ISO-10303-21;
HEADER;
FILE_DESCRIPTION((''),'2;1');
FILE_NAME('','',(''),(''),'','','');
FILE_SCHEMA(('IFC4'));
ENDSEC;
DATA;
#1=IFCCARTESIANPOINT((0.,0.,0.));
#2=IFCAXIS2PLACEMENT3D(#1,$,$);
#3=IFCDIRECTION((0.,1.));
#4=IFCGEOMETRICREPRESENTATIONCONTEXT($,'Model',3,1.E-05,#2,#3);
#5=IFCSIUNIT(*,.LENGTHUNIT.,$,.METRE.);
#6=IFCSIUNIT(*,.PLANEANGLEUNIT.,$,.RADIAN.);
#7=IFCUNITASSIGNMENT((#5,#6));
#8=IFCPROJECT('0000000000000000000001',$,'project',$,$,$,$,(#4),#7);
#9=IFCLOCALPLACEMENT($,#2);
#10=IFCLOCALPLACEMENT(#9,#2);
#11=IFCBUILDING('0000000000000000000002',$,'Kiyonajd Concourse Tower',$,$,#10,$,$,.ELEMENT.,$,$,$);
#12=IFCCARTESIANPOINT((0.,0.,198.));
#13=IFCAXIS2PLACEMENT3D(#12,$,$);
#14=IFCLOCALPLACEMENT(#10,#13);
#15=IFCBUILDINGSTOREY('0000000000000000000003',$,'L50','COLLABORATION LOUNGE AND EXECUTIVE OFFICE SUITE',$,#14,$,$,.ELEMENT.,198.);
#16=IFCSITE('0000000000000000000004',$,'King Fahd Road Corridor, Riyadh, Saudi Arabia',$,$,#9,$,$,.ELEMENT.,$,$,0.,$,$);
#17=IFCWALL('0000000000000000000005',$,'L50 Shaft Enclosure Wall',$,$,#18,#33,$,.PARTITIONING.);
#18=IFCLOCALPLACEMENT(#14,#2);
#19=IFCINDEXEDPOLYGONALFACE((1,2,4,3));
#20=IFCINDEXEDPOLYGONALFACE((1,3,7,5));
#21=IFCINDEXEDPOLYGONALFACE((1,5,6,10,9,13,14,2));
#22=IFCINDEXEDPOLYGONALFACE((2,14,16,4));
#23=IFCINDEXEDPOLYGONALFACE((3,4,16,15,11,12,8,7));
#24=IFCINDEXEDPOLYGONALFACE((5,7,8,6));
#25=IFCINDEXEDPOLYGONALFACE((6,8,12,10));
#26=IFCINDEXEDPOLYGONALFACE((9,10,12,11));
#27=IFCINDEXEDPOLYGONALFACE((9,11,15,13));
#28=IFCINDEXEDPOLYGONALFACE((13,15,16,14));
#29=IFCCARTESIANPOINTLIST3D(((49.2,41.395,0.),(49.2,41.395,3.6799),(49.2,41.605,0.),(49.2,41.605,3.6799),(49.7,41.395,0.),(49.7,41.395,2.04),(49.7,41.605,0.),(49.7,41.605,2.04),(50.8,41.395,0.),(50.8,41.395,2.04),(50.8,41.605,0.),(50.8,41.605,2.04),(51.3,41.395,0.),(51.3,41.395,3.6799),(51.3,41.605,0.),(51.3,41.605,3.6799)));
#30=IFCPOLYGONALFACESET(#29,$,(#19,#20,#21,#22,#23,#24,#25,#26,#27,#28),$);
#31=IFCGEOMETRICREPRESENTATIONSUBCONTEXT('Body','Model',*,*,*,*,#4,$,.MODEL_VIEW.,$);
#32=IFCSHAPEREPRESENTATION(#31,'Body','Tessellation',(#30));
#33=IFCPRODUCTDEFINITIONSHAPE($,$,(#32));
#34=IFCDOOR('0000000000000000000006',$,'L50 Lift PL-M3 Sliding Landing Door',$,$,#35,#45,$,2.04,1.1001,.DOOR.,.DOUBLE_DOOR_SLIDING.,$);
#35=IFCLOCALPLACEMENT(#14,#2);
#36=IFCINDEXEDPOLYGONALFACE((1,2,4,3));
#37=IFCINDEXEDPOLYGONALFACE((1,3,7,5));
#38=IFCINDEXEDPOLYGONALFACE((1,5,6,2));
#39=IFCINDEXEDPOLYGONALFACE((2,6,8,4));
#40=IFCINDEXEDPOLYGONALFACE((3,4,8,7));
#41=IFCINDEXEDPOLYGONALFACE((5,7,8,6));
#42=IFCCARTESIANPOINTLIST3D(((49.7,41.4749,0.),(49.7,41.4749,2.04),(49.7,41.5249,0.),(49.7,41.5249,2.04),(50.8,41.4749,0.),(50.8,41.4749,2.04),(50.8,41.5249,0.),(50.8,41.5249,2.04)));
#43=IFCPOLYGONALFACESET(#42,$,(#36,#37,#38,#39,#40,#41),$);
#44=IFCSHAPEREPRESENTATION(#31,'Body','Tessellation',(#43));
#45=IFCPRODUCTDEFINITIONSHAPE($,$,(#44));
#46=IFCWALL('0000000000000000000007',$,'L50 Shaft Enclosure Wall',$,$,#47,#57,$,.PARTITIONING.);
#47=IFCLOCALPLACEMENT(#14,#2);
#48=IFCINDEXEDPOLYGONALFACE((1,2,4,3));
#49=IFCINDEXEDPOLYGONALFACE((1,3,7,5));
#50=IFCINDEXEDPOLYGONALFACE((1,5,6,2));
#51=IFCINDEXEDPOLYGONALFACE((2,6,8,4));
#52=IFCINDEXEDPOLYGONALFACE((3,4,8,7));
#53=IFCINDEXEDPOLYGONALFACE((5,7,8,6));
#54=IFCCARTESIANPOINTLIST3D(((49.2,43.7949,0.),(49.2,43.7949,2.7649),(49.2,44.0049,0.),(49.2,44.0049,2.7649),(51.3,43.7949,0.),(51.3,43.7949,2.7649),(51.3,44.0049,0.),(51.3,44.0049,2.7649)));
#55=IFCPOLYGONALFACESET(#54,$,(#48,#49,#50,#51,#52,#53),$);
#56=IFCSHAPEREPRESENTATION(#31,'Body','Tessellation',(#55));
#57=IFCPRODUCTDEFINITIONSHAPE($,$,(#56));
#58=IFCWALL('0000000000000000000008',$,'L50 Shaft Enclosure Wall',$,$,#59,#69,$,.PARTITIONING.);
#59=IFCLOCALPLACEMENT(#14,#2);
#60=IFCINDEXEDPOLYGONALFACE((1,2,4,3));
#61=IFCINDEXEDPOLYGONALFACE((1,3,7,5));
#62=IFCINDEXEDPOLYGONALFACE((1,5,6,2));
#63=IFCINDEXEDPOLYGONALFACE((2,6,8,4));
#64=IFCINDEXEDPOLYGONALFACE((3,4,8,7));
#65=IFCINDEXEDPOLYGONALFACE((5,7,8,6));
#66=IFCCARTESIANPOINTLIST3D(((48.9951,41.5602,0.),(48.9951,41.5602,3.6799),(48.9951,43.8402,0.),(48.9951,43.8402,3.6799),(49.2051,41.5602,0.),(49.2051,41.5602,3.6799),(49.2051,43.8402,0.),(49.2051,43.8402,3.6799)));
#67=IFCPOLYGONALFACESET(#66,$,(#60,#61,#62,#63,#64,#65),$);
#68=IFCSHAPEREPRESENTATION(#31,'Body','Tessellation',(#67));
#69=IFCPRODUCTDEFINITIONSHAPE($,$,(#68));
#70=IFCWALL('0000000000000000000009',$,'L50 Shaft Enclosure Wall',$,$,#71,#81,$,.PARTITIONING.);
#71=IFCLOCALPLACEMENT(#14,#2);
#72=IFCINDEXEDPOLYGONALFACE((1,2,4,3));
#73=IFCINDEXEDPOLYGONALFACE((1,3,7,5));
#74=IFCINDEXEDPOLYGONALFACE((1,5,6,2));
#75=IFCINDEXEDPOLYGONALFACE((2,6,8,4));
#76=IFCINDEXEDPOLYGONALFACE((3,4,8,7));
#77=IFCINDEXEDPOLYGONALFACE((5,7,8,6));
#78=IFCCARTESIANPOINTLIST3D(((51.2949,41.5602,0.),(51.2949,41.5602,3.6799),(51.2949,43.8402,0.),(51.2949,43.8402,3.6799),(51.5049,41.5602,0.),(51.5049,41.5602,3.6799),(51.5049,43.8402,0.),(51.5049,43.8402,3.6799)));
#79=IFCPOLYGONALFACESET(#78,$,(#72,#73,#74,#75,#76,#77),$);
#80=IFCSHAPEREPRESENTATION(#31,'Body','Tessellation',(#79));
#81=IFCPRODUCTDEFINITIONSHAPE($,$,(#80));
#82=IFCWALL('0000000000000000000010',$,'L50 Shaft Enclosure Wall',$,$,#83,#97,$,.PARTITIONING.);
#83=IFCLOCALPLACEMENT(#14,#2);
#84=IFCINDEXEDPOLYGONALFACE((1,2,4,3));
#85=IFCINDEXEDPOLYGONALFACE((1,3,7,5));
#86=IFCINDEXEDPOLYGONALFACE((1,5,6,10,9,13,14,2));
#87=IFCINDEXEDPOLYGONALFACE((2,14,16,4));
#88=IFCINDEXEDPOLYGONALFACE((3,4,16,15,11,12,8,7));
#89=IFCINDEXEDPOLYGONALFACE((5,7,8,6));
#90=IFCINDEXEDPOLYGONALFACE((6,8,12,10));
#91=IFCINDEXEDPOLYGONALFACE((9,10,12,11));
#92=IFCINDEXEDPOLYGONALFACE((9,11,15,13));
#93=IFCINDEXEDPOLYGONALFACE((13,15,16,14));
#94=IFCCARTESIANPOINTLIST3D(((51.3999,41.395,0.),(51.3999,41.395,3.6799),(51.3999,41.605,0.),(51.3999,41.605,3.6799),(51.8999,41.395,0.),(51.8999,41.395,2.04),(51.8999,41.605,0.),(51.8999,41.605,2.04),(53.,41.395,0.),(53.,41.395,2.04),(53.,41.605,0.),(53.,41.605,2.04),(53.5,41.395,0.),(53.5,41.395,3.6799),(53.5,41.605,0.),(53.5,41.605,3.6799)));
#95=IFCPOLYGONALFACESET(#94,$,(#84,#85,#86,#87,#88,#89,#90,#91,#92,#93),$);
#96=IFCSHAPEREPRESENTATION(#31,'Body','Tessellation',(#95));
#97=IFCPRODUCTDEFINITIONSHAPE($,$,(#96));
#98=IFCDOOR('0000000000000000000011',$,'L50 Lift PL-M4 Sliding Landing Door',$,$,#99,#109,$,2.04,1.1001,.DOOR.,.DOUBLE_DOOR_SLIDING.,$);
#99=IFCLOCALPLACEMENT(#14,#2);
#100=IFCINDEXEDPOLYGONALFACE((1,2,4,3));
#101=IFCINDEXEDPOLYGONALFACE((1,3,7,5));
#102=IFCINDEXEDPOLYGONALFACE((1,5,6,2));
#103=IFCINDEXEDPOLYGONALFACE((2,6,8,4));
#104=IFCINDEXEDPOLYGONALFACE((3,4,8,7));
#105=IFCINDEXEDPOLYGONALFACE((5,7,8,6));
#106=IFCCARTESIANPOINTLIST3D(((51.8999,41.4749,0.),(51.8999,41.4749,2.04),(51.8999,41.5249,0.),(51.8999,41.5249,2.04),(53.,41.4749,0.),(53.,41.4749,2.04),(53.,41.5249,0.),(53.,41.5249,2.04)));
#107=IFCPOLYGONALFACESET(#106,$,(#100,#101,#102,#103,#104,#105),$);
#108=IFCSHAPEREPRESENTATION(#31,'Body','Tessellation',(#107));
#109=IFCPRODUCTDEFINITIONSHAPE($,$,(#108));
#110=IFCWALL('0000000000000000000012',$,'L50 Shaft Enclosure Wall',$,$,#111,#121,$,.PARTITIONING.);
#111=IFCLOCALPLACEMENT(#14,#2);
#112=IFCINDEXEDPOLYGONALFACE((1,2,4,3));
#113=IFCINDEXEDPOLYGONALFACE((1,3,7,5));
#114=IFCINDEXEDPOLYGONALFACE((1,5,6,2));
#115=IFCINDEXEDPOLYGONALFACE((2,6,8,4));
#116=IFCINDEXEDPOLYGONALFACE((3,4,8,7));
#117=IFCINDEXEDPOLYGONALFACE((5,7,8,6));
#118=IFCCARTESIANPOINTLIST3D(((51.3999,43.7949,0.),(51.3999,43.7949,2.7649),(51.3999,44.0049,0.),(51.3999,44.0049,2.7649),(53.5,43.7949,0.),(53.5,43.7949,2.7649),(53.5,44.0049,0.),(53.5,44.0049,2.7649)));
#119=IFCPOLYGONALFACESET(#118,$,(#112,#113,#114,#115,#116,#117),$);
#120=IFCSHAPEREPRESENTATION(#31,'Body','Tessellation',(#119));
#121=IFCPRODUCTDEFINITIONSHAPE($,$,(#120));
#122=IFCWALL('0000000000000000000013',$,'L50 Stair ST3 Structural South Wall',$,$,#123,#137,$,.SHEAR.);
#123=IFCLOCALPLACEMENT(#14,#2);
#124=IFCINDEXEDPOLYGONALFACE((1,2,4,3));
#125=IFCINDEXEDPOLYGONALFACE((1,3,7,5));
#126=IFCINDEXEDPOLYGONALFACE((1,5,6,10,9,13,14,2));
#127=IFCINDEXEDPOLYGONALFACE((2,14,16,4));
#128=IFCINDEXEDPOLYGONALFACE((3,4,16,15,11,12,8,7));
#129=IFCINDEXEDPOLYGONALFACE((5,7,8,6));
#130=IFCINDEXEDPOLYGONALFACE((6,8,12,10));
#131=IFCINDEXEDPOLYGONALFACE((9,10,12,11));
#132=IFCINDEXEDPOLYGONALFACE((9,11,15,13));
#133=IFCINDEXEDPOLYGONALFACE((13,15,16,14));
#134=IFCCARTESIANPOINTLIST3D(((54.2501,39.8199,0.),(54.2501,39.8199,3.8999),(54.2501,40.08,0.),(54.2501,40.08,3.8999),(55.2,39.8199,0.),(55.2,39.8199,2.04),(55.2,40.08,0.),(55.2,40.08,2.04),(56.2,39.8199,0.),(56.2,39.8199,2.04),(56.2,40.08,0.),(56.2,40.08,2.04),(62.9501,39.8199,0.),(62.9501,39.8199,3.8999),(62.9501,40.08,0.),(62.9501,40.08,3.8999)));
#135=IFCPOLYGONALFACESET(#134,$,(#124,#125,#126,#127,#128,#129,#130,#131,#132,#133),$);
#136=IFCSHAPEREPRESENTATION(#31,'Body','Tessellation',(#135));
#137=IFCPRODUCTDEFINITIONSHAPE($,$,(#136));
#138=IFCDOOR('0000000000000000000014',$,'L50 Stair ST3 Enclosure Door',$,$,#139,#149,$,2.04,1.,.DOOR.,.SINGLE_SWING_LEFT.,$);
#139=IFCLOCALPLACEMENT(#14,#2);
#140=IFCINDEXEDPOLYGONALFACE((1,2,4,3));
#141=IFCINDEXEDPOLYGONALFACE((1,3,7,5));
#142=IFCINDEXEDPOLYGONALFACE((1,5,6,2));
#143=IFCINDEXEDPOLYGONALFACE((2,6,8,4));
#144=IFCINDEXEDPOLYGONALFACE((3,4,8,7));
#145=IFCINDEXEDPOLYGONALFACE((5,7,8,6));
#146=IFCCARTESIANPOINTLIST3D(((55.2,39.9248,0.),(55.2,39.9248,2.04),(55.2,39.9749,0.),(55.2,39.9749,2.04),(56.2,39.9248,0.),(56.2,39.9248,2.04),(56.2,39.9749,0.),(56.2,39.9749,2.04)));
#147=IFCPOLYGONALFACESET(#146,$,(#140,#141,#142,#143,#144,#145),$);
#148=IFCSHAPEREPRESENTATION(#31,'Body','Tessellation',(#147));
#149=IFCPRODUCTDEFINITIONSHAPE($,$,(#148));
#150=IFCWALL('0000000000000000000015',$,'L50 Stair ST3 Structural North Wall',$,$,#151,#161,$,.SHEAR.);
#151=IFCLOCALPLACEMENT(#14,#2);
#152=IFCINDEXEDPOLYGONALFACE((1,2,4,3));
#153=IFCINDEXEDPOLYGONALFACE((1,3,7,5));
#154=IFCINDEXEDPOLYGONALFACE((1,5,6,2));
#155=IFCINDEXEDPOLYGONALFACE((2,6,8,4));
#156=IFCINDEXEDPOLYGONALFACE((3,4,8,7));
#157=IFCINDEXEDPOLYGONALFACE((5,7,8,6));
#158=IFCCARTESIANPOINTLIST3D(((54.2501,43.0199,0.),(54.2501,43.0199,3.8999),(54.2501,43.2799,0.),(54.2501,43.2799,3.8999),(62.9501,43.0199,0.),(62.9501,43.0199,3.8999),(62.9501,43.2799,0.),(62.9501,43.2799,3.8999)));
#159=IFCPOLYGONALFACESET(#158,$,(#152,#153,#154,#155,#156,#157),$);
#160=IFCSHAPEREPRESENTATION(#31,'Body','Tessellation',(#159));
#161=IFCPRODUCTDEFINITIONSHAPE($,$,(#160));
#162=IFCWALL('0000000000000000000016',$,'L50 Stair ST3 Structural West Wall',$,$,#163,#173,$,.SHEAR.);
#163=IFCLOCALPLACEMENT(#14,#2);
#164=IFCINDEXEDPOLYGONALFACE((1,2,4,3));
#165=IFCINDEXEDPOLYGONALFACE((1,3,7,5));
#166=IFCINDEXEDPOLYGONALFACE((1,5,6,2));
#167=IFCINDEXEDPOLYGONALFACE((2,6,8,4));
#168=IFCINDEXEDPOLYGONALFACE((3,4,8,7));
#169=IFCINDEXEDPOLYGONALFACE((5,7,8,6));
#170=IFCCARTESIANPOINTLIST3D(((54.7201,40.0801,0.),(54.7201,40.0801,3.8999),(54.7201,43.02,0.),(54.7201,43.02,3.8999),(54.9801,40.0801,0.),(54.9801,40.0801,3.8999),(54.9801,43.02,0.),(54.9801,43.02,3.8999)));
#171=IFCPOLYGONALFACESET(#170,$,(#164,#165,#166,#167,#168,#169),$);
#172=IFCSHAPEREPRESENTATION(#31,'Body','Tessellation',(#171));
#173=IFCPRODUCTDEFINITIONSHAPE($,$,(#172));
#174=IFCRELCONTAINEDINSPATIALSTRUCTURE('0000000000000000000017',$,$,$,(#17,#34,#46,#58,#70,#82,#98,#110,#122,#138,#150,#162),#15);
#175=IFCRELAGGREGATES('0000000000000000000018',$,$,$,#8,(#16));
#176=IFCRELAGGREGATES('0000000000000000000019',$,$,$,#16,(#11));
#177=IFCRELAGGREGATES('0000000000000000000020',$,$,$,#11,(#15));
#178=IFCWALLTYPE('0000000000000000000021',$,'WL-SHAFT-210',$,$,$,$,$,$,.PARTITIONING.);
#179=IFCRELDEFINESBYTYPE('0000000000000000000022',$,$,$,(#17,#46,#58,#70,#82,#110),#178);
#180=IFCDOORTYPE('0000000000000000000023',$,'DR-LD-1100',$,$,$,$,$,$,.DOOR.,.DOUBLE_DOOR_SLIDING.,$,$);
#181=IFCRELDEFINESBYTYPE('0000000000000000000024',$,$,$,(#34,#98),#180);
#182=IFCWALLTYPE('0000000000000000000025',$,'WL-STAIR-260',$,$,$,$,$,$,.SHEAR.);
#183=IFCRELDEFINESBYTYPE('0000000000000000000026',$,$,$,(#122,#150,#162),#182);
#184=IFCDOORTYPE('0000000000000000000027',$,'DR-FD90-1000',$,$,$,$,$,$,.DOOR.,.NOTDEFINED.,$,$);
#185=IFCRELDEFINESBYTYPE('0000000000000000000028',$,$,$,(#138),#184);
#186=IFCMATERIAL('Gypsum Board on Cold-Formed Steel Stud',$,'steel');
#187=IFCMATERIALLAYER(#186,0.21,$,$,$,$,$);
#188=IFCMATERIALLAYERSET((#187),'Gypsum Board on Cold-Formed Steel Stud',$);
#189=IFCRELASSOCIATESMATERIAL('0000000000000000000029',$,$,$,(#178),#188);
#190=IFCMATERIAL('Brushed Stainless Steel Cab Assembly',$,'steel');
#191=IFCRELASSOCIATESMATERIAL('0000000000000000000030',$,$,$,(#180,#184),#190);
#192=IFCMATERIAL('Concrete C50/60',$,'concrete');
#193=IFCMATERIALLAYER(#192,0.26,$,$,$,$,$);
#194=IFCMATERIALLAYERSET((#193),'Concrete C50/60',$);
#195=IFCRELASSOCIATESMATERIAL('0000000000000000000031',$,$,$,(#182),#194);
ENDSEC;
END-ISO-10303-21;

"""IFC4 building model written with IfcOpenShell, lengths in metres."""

from ifc_helpers import new_model, si_unit, direction, frame, frame_2d, origin, place, context, subcontext, project, spatial, rectangle, extrude, material, layer, layer_set, type_object, element, fill, save


model = new_model("IFC4")

# Units and contexts
model_context = context("Model", 3, precision=1e-05, world=origin(), true_north=direction((0.0, 1.0)))
body_context = subcontext(model_context, "Body", "Model", "MODEL_VIEW")
ifc_project = project(units=[si_unit("LENGTHUNIT", "METRE"), si_unit("PLANEANGLEUNIT", "RADIAN")], contexts=[model_context])

# Site, building, storey
site_placement = place(None, origin())
site = spatial("IfcSite", under=ifc_project, at=site_placement, Name="King Fahd Road Corridor, Riyadh, Saudi Arabia", CompositionType="ELEMENT", RefElevation=0.0)
building_placement = place(site_placement, origin())
building = spatial("IfcBuilding", under=site, at=building_placement, Name="Kiyonajd Concourse Tower", CompositionType="ELEMENT")
storey_placement = place(building_placement, frame((0.0, 0.0, 198.0)))
storey = spatial("IfcBuildingStorey", under=building, at=storey_placement, Name="L50", Description="COLLABORATION LOUNGE AND EXECUTIVE OFFICE SUITE", CompositionType="ELEMENT", Elevation=198.0)

# Shared definitions
ifc_material_1 = material(Name="Concrete C50/60", Category="concrete")

# Shared definitions
ifc_material_2 = material(Name="Gypsum Board on Cold-Formed Steel Stud", Category="steel")
ifc_layer_1 = layer(ifc_material_2, 0.21)
ifc_layer_set_1 = layer_set([ifc_layer_1], Name="Gypsum Board on Cold-Formed Steel Stud")
wall_type_1 = type_object("IfcWallType", Name="WL-SHAFT-210", PredefinedType="PARTITIONING", material=ifc_layer_set_1)

# Shared definitions
ifc_material_3 = material(Name="Brushed Stainless Steel Cab Assembly", Category="steel")
door_type_1 = type_object("IfcDoorType", Name="DR-LD-1100", OperationType="DOUBLE_DOOR_SLIDING", PredefinedType="DOOR", material=ifc_material_3)

# Wall, opening, door
wall_1_placement = place(storey_placement, frame((49.2, 41.5, 0.0), z_axis=(0.0, 0.0, 1.0), x_axis=(1.0, 0.0, 0.0)))
wall_1 = element("IfcWall", 1, at=wall_1_placement, inside=storey, type_object=wall_type_1, Name="L50 Shaft Enclosure Wall", PredefinedType="PARTITIONING", context=body_context, shape_type="SweptSolid", body=[
    extrude(rectangle(XDim=2.1001, YDim=0.21, at=frame_2d((1.05, 0.0))), origin(), (0.0, 0.0, 1.0), 3.6799),
])
opening_1_placement = place(wall_1_placement, frame((0.5, 0.0, 0.0)))
opening_1 = element("IfcOpeningElement", 2, at=opening_1_placement, cuts=wall_1, PredefinedType="OPENING", context=body_context, shape_type="SweptSolid", body=[
    extrude(rectangle(XDim=1.1001, YDim=2.04, at=frame_2d((0.55, 1.02))), frame((0.0, 0.115, 0.0), z_axis=(0.0, -1.0, 0.0), x_axis=(1.0, 0.0, 0.0)), (0.0, 0.0, 1.0), 0.23),
])
door_1_placement = place(opening_1_placement, origin())
door_1 = element("IfcDoor", 3, at=door_1_placement, inside=storey, type_object=door_type_1, Name="L50 Lift PL-M3 Sliding Landing Door", OperationType="DOUBLE_DOOR_SLIDING", OverallHeight=2.04, OverallWidth=1.1001, PredefinedType="DOOR", context=body_context, shape_type="SweptSolid", body=[
    extrude(rectangle(XDim=1.1001, YDim=2.04, at=frame_2d((0.55, 1.02))), frame((0.0, 0.0249, 0.0), z_axis=(0.0, -1.0, 0.0), x_axis=(1.0, 0.0, 0.0)), (0.0, 0.0, 1.0), 0.05),
])
fill(opening_1, door_1)

# Walls
wall_2_placement = place(storey_placement, frame((49.2, 43.8999, 0.0), z_axis=(0.0, 0.0, 1.0), x_axis=(1.0, 0.0, 0.0)))
element("IfcWall", 4, at=wall_2_placement, inside=storey, type_object=wall_type_1, Name="L50 Shaft Enclosure Wall", PredefinedType="PARTITIONING", context=body_context, shape_type="SweptSolid", body=[
    extrude(rectangle(XDim=2.1001, YDim=0.21, at=frame_2d((1.05, 0.0))), origin(), (0.0, 0.0, 1.0), 2.7649),
])
for number, where, z_axis, x_axis, name in (
    (5, (49.1001, 41.5601, 0.0), (0.0, 0.0, 1.0), (0.0, 1.0, 0.0), "L50 Shaft Enclosure Wall"),
    (6, (51.3999, 41.5601, 0.0), (0.0, 0.0, 1.0), (0.0, 1.0, 0.0), "L50 Shaft Enclosure Wall"),
):
    element("IfcWall", number, at=place(storey_placement, frame(where, z_axis=z_axis, x_axis=x_axis)), inside=storey, type_object=wall_type_1, Name=name, PredefinedType="PARTITIONING", context=body_context, shape_type="SweptSolid", body=[
        extrude(rectangle(XDim=2.28, YDim=0.21, at=frame_2d((1.1401, 0.0))), origin(), (0.0, 0.0, 1.0), 3.6799),
    ])

# Wall, opening, door
wall_3_placement = place(storey_placement, frame((51.3999, 41.5, 0.0), z_axis=(0.0, 0.0, 1.0), x_axis=(1.0, 0.0, 0.0)))
wall_3 = element("IfcWall", 7, at=wall_3_placement, inside=storey, type_object=wall_type_1, Name="L50 Shaft Enclosure Wall", PredefinedType="PARTITIONING", context=body_context, shape_type="SweptSolid", body=[
    extrude(rectangle(XDim=2.1001, YDim=0.21, at=frame_2d((1.05, 0.0))), origin(), (0.0, 0.0, 1.0), 3.6799),
])
opening_2_placement = place(wall_3_placement, frame((0.5, 0.0, 0.0)))
opening_2 = element("IfcOpeningElement", 8, at=opening_2_placement, cuts=wall_3, PredefinedType="OPENING", context=body_context, shape_type="SweptSolid", body=[
    extrude(rectangle(XDim=1.1001, YDim=2.04, at=frame_2d((0.55, 1.02))), frame((0.0, 0.115, 0.0), z_axis=(0.0, -1.0, 0.0), x_axis=(1.0, 0.0, 0.0)), (0.0, 0.0, 1.0), 0.23),
])
door_2_placement = place(opening_2_placement, origin())
door_2 = element("IfcDoor", 9, at=door_2_placement, inside=storey, type_object=door_type_1, Name="L50 Lift PL-M4 Sliding Landing Door", OperationType="DOUBLE_DOOR_SLIDING", OverallHeight=2.04, OverallWidth=1.1001, PredefinedType="DOOR", context=body_context, shape_type="SweptSolid", body=[
    extrude(rectangle(XDim=1.1001, YDim=2.04, at=frame_2d((0.55, 1.02))), frame((0.0, 0.0249, 0.0), z_axis=(0.0, -1.0, 0.0), x_axis=(1.0, 0.0, 0.0)), (0.0, 0.0, 1.0), 0.05),
])
fill(opening_2, door_2)

# Wall
wall_4_placement = place(storey_placement, frame((51.3999, 43.8999, 0.0), z_axis=(0.0, 0.0, 1.0), x_axis=(1.0, 0.0, 0.0)))
element("IfcWall", 10, at=wall_4_placement, inside=storey, type_object=wall_type_1, Name="L50 Shaft Enclosure Wall", PredefinedType="PARTITIONING", context=body_context, shape_type="SweptSolid", body=[
    extrude(rectangle(XDim=2.1001, YDim=0.21, at=frame_2d((1.05, 0.0))), origin(), (0.0, 0.0, 1.0), 2.7649),
])

# Wall, opening, door
ifc_layer_2 = layer(ifc_material_1, 0.26)
ifc_layer_set_2 = layer_set([ifc_layer_2], Name="Concrete C50/60")
wall_type_2 = type_object("IfcWallType", Name="WL-STAIR-260", PredefinedType="SHEAR", material=ifc_layer_set_2)
wall_5_placement = place(storey_placement, frame((54.25, 39.95, 0.0), z_axis=(0.0, 0.0, 1.0), x_axis=(1.0, 0.0, 0.0)))
wall_5 = element("IfcWall", 11, at=wall_5_placement, inside=storey, type_object=wall_type_2, Name="L50 Stair ST3 Structural South Wall", PredefinedType="SHEAR", context=body_context, shape_type="SweptSolid", body=[
    extrude(rectangle(XDim=8.7, YDim=0.26, at=frame_2d((4.3501, 0.0))), origin(), (0.0, 0.0, 1.0), 3.8999),
])
opening_3_placement = place(wall_5_placement, frame((0.95, 0.0, 0.0)))
opening_3 = element("IfcOpeningElement", 12, at=opening_3_placement, cuts=wall_5, PredefinedType="OPENING", context=body_context, shape_type="SweptSolid", body=[
    extrude(rectangle(XDim=1.0, YDim=2.04, at=frame_2d((0.5, 1.02))), frame((0.0, 0.1399, 0.0), z_axis=(0.0, -1.0, 0.0), x_axis=(1.0, 0.0, 0.0)), (0.0, 0.0, 1.0), 0.28),
])
door_type_2 = type_object("IfcDoorType", Name="DR-FD90-1000", OperationType="NOTDEFINED", PredefinedType="DOOR", material=ifc_material_3)
door_3_placement = place(opening_3_placement, origin())
door_3 = element("IfcDoor", 13, at=door_3_placement, inside=storey, type_object=door_type_2, Name="L50 Stair ST3 Enclosure Door", OperationType="SINGLE_SWING_LEFT", OverallHeight=2.04, OverallWidth=1.0, PredefinedType="DOOR", context=body_context, shape_type="SweptSolid", body=[
    extrude(rectangle(XDim=1.0, YDim=2.04, at=frame_2d((0.5, 1.02))), frame((0.0, 0.0249, 0.0), z_axis=(0.0, -1.0, 0.0), x_axis=(1.0, 0.0, 0.0)), (0.0, 0.0, 1.0), 0.05),
])
fill(opening_3, door_3)

# Walls
wall_6_placement = place(storey_placement, frame((54.25, 43.1499, 0.0), z_axis=(0.0, 0.0, 1.0), x_axis=(1.0, 0.0, 0.0)))
element("IfcWall", 14, at=wall_6_placement, inside=storey, type_object=wall_type_2, Name="L50 Stair ST3 Structural North Wall", PredefinedType="SHEAR", context=body_context, shape_type="SweptSolid", body=[
    extrude(rectangle(XDim=8.7, YDim=0.26, at=frame_2d((4.3501, 0.0))), origin(), (0.0, 0.0, 1.0), 3.8999),
])
wall_7_placement = place(storey_placement, frame((54.8501, 40.0801, 0.0), z_axis=(0.0, 0.0, 1.0), x_axis=(0.0, 1.0, 0.0)))
element("IfcWall", 15, at=wall_7_placement, inside=storey, type_object=wall_type_2, Name="L50 Stair ST3 Structural West Wall", PredefinedType="SHEAR", context=body_context, shape_type="SweptSolid", body=[
    extrude(rectangle(XDim=2.9399, YDim=0.26, at=frame_2d((1.47, 0.0))), origin(), (0.0, 0.0, 1.0), 3.8999),
])

save(model, "model.ifc")
